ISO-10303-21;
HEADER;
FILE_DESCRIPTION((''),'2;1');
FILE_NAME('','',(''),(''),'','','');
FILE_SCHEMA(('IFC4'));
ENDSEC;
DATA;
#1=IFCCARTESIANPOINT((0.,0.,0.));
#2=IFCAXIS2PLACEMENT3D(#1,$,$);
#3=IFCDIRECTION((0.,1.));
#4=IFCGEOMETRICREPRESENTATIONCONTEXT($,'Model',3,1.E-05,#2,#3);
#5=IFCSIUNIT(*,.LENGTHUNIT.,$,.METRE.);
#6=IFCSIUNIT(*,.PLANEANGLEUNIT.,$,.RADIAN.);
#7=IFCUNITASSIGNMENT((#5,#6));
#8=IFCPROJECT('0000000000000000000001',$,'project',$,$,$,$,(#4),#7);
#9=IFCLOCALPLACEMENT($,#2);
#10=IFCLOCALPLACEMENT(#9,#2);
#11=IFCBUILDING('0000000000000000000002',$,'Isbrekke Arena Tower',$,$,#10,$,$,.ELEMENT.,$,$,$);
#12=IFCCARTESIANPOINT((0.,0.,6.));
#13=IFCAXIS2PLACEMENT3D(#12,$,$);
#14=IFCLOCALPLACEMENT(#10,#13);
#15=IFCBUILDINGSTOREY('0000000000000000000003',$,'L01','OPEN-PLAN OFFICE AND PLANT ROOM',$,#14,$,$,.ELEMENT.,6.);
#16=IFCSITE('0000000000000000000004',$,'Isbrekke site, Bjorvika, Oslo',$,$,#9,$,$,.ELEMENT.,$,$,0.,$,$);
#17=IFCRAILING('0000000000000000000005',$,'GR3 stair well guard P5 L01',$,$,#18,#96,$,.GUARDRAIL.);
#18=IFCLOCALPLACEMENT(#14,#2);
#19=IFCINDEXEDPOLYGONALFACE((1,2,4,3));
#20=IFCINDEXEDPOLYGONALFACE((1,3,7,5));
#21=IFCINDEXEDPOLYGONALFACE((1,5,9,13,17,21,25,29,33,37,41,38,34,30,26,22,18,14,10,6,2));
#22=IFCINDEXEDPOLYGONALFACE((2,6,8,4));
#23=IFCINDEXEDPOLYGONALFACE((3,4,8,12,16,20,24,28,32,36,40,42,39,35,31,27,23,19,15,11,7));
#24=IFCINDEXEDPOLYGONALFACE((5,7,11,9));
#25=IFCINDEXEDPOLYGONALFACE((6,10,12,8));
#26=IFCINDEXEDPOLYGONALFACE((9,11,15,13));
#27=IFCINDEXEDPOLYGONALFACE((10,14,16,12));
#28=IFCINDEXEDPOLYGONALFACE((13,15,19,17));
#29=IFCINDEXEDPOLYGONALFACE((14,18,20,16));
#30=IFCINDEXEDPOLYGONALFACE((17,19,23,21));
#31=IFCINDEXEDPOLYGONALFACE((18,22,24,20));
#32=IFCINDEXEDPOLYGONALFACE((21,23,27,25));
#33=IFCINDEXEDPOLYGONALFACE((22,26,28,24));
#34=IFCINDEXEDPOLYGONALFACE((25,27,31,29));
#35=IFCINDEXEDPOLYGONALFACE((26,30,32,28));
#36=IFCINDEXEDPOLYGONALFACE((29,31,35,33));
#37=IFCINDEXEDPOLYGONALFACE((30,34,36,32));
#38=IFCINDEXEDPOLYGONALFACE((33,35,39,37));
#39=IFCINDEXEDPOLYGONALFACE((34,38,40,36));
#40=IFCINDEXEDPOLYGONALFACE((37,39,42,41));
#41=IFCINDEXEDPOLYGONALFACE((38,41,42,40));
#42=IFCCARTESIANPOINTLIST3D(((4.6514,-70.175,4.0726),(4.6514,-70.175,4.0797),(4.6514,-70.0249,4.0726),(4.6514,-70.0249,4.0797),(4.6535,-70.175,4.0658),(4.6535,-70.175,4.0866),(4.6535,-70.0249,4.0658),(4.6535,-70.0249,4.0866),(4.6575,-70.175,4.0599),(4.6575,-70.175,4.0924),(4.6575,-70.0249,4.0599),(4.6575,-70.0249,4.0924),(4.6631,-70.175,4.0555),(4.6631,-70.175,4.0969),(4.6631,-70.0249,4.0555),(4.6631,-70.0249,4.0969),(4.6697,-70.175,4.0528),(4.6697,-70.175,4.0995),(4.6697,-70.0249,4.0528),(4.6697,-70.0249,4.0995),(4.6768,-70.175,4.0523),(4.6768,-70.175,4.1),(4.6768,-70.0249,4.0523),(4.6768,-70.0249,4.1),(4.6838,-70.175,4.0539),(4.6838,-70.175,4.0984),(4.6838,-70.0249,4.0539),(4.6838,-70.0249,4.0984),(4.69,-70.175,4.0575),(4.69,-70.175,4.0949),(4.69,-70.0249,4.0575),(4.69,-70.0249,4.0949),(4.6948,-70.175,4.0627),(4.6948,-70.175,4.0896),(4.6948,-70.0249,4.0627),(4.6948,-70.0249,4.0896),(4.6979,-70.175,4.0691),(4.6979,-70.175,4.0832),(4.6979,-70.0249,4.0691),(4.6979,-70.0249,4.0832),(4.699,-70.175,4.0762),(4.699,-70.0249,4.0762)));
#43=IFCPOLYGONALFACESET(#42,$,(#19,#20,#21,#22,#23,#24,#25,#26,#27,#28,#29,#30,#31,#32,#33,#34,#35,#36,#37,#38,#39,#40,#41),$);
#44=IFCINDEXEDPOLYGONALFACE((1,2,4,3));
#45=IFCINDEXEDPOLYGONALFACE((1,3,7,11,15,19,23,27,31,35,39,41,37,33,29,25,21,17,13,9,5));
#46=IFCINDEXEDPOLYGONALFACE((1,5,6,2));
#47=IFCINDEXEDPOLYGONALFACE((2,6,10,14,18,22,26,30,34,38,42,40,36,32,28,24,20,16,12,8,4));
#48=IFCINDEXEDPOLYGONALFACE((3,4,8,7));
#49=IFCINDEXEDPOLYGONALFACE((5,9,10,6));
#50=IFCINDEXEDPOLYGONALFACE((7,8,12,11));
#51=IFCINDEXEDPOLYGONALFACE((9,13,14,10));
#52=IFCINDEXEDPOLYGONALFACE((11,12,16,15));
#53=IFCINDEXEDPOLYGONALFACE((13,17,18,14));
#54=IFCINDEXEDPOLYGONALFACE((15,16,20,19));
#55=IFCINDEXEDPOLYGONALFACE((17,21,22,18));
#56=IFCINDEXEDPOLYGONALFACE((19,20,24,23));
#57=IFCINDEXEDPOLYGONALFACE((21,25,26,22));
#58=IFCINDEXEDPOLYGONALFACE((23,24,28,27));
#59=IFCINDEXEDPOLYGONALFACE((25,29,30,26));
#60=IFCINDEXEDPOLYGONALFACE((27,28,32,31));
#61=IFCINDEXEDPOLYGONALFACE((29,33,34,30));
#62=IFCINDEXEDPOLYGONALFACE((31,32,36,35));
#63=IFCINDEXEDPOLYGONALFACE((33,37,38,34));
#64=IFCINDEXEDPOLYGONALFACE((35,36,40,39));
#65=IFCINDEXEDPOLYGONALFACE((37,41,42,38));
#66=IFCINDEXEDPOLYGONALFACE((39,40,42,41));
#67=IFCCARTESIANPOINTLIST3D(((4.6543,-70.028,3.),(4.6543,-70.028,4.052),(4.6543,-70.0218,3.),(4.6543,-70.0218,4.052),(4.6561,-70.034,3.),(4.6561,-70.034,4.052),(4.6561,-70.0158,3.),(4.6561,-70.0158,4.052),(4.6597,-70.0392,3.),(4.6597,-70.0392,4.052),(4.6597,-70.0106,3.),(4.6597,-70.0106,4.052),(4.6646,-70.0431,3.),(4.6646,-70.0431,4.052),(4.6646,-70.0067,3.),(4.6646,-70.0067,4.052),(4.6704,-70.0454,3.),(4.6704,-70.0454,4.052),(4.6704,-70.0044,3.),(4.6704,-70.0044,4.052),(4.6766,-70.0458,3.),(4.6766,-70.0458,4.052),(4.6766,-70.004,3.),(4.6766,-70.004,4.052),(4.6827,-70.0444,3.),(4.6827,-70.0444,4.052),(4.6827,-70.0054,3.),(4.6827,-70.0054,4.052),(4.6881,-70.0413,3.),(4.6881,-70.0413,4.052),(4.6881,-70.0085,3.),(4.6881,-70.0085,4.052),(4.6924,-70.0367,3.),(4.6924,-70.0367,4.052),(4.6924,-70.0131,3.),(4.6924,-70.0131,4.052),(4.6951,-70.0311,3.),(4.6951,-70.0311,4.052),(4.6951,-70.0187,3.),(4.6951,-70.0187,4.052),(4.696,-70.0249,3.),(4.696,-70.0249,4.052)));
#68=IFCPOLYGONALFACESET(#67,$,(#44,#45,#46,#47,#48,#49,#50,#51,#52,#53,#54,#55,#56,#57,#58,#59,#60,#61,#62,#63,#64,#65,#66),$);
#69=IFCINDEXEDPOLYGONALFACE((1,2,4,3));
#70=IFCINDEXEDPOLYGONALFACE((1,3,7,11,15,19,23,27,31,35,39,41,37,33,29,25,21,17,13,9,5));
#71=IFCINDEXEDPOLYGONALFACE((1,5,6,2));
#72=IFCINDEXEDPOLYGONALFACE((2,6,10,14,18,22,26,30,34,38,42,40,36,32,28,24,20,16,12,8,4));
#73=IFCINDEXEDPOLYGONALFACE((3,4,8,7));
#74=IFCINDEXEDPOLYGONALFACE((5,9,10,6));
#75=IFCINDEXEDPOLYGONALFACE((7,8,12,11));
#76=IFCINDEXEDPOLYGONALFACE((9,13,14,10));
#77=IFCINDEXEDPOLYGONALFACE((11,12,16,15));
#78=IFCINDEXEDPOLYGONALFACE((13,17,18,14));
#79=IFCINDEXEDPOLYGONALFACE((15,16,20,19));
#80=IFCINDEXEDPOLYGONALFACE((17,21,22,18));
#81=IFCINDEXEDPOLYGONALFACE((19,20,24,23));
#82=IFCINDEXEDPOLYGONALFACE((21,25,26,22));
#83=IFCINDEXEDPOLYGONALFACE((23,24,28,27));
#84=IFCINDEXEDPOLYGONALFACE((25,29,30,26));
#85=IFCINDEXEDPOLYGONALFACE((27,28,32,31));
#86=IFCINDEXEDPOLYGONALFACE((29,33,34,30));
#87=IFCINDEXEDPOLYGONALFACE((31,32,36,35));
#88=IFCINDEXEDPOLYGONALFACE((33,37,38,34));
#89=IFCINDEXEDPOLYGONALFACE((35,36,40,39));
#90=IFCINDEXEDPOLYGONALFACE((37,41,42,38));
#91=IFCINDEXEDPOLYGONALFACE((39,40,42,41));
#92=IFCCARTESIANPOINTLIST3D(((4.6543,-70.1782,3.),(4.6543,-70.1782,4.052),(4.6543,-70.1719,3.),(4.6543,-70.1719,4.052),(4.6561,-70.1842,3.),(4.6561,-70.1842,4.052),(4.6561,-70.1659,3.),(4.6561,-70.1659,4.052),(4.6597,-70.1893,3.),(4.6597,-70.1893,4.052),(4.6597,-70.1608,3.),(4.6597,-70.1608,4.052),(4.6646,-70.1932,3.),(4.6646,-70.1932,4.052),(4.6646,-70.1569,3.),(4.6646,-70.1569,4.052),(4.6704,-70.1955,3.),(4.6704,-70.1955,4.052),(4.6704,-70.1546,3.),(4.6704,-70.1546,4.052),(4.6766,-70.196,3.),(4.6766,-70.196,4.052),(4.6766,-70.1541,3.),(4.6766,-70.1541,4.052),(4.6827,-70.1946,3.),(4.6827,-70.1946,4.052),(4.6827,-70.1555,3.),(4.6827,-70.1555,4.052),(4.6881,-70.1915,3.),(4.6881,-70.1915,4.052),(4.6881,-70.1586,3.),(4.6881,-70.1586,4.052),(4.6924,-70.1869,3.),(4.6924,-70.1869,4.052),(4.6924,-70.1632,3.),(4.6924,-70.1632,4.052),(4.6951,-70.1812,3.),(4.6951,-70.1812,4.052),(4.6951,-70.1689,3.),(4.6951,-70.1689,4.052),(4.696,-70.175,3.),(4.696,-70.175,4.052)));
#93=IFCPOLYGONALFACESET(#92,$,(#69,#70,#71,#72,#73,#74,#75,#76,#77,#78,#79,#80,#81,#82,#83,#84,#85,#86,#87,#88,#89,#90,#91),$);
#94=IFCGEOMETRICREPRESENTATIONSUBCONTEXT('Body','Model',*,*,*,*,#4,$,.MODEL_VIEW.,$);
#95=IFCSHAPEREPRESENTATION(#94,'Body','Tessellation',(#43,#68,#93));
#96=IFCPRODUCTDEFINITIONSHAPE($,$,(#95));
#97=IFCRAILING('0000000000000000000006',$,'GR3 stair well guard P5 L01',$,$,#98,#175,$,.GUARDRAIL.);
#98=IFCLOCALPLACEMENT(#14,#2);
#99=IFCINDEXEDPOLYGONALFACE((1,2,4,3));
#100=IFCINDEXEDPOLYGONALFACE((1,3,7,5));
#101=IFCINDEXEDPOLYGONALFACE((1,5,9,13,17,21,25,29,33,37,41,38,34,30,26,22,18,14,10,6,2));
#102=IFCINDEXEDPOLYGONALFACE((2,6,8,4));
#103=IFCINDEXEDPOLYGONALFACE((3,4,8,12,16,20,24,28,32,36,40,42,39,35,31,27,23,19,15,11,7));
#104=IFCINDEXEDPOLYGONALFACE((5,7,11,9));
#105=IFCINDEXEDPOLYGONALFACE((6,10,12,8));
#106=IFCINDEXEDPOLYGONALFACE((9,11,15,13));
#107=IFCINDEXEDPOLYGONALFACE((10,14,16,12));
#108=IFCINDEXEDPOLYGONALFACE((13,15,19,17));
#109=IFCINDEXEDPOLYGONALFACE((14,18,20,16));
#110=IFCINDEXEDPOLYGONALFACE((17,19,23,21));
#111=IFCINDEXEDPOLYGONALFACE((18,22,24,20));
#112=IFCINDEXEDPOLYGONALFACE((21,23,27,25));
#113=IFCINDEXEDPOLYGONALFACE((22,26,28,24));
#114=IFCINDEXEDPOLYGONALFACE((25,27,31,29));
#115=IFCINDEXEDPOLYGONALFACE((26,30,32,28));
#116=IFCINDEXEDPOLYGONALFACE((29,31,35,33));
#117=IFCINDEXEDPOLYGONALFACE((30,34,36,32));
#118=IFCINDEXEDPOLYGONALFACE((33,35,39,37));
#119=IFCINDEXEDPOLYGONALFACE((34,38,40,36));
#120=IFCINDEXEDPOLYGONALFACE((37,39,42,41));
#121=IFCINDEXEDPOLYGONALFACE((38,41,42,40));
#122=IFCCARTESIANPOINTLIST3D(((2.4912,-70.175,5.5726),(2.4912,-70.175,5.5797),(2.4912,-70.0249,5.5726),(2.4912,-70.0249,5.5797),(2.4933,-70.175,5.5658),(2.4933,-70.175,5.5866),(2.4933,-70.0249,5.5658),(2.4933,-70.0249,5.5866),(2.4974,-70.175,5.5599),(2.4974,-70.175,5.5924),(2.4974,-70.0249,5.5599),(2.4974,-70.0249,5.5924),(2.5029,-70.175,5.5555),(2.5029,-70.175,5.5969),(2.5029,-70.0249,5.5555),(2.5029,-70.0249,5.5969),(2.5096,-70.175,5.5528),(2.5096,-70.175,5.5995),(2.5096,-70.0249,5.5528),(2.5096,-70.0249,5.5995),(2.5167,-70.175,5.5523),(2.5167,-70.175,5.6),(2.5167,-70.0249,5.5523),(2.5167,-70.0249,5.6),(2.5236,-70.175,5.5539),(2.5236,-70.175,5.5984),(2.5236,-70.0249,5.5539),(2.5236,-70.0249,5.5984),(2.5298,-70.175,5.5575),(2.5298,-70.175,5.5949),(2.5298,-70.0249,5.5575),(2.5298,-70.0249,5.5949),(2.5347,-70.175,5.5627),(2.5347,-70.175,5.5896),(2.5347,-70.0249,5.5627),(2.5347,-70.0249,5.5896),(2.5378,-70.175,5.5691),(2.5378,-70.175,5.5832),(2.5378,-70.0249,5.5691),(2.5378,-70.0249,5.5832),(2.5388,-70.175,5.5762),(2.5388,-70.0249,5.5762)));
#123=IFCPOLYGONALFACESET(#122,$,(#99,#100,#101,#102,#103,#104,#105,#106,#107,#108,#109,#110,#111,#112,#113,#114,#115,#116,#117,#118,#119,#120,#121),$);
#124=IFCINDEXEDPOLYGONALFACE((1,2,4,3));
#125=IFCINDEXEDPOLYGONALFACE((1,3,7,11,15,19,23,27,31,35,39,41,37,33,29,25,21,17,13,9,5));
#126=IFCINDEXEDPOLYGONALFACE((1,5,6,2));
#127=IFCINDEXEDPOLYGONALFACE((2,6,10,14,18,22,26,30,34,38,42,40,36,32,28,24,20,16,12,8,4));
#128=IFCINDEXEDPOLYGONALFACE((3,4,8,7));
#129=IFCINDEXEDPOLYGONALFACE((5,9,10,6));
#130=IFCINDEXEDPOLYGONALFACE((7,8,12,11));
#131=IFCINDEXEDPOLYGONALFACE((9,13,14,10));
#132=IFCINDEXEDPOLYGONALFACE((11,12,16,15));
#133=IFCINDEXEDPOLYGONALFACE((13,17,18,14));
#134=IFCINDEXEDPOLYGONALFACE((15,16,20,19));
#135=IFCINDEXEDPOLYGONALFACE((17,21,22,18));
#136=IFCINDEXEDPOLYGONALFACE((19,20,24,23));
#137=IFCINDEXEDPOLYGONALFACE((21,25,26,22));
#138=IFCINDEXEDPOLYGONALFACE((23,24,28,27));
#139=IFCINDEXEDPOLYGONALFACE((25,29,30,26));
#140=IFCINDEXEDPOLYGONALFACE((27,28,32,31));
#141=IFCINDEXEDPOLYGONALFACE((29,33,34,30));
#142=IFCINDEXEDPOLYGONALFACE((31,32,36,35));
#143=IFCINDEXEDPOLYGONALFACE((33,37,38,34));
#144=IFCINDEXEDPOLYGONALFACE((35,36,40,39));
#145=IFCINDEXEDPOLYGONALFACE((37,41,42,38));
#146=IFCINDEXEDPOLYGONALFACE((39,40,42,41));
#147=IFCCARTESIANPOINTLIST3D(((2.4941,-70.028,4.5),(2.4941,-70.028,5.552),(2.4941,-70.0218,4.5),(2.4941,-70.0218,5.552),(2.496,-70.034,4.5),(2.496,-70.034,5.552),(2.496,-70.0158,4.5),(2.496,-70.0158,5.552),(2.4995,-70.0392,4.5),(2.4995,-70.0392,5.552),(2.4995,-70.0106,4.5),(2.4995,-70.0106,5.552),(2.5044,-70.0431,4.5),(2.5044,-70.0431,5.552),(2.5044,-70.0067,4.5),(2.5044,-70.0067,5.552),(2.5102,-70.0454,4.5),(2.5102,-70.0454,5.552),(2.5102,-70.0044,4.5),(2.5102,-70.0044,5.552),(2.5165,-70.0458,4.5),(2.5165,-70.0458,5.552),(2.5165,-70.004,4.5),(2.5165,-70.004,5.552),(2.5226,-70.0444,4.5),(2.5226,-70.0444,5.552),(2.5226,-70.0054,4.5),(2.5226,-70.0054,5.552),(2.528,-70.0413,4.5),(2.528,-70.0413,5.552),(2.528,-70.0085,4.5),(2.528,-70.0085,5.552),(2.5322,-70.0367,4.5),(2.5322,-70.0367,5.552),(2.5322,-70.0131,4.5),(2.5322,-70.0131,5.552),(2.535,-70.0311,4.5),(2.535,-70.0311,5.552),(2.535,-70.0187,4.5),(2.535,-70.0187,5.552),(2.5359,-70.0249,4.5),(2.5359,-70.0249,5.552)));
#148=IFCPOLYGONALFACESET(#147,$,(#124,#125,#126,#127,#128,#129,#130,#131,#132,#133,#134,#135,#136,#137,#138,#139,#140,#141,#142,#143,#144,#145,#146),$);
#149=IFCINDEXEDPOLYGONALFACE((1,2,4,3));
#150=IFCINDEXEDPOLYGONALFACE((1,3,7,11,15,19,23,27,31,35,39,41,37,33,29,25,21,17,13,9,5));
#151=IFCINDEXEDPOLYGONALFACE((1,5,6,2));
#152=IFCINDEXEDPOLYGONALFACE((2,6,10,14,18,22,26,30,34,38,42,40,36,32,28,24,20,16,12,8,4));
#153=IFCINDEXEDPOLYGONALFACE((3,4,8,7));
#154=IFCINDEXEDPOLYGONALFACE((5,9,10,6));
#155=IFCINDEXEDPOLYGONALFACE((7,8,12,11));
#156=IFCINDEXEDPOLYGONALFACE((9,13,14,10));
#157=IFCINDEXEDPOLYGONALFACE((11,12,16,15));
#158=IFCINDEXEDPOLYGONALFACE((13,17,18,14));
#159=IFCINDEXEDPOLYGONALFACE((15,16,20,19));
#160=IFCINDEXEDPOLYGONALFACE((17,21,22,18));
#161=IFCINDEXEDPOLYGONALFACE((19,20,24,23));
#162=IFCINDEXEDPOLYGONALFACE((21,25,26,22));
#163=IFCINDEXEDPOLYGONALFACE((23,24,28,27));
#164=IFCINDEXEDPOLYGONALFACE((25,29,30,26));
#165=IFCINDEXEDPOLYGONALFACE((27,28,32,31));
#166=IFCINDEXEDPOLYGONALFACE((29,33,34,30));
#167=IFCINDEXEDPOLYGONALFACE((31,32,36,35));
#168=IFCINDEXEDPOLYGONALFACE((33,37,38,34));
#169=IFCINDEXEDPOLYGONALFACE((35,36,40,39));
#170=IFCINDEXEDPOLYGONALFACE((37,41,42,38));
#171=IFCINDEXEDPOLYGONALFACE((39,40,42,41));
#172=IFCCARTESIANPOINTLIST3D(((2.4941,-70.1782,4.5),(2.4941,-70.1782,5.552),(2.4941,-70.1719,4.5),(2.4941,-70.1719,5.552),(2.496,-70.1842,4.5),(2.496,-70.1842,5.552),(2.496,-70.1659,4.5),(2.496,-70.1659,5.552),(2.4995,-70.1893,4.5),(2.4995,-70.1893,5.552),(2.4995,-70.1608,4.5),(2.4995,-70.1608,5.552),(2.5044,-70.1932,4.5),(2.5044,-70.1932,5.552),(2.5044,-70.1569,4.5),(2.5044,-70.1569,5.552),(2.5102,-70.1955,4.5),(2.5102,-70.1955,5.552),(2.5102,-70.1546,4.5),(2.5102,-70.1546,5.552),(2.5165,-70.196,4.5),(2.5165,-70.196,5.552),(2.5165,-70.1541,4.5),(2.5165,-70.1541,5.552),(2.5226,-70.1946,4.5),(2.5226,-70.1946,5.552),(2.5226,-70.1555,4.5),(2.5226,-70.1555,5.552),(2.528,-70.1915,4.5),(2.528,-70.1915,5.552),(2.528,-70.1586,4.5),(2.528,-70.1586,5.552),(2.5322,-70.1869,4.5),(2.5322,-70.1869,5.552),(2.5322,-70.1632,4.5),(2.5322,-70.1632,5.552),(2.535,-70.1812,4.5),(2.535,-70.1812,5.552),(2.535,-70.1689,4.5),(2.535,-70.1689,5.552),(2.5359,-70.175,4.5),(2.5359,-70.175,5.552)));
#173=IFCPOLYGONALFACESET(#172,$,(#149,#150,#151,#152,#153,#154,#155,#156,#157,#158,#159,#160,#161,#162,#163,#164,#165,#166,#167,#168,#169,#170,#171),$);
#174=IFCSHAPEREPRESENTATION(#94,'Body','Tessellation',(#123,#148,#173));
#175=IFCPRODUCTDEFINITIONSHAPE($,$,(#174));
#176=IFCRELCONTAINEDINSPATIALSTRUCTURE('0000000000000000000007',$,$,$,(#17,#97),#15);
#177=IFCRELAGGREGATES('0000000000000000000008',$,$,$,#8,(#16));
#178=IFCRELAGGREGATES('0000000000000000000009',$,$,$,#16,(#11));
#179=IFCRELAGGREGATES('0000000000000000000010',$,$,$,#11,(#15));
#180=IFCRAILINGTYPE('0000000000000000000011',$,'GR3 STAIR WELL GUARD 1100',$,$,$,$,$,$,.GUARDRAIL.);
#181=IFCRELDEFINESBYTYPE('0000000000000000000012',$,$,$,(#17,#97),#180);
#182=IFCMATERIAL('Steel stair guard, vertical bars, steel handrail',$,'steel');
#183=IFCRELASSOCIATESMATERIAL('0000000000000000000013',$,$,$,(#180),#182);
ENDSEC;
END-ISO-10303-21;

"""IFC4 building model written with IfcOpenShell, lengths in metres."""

from ifc_helpers import new_model, si_unit, direction, frame, origin, origin_2d, place, context, subcontext, project, spatial, circle, extrude, material, type_object, element, save


model = new_model("IFC4")

# Units and contexts
model_context = context("Model", 3, precision=1e-05, world=origin(), true_north=direction((0.0, 1.0)))
body_context = subcontext(model_context, "Body", "Model", "MODEL_VIEW")
ifc_project = project(units=[si_unit("LENGTHUNIT", "METRE"), si_unit("PLANEANGLEUNIT", "RADIAN")], contexts=[model_context])

# Site, building, storey
site_placement = place(None, origin())
site = spatial("IfcSite", under=ifc_project, at=site_placement, Name="Isbrekke site, Bjorvika, Oslo", CompositionType="ELEMENT", RefElevation=0.0)
building_placement = place(site_placement, origin())
building = spatial("IfcBuilding", under=site, at=building_placement, Name="Isbrekke Arena Tower", CompositionType="ELEMENT")
storey_placement = place(building_placement, frame((0.0, 0.0, 6.0)))
storey = spatial("IfcBuildingStorey", under=building, at=storey_placement, Name="L01", Description="OPEN-PLAN OFFICE AND PLANT ROOM", CompositionType="ELEMENT", Elevation=6.0)

# Railings
ifc_material_1 = material(Name="Steel stair guard, vertical bars, steel handrail", Category="steel")
railing_type = type_object("IfcRailingType", Name="GR3 STAIR WELL GUARD 1100", PredefinedType="GUARDRAIL", material=ifc_material_1)
for number, where, name in (
    (1, (4.675, -70.0249, 3.0), "GR3 stair well guard P5 L01"),
    (2, (2.5149, -70.0249, 4.5), "GR3 stair well guard P5 L01"),
):
    element("IfcRailing", number, at=place(storey_placement, frame(where)), inside=storey, type_object=railing_type, Name=name, PredefinedType="GUARDRAIL", context=body_context, shape_type="SweptSolid", body=[
        extrude(circle(Radius=0.0239, at=origin_2d()), frame((0.0, 0.0, 1.0762), z_axis=(0.0, -1.0, 0.0), x_axis=(1.0, 0.0, 0.0)), (0.0, 0.0, 1.0), 0.1501),
        extrude(circle(Radius=0.021, at=origin_2d()), origin(), (0.0, 0.0, 1.0), 1.052),
        extrude(circle(Radius=0.021, at=origin_2d()), frame((0.0, -0.1501, 0.0)), (0.0, 0.0, 1.0), 1.052),
    ])

save(model, "model.ifc")
